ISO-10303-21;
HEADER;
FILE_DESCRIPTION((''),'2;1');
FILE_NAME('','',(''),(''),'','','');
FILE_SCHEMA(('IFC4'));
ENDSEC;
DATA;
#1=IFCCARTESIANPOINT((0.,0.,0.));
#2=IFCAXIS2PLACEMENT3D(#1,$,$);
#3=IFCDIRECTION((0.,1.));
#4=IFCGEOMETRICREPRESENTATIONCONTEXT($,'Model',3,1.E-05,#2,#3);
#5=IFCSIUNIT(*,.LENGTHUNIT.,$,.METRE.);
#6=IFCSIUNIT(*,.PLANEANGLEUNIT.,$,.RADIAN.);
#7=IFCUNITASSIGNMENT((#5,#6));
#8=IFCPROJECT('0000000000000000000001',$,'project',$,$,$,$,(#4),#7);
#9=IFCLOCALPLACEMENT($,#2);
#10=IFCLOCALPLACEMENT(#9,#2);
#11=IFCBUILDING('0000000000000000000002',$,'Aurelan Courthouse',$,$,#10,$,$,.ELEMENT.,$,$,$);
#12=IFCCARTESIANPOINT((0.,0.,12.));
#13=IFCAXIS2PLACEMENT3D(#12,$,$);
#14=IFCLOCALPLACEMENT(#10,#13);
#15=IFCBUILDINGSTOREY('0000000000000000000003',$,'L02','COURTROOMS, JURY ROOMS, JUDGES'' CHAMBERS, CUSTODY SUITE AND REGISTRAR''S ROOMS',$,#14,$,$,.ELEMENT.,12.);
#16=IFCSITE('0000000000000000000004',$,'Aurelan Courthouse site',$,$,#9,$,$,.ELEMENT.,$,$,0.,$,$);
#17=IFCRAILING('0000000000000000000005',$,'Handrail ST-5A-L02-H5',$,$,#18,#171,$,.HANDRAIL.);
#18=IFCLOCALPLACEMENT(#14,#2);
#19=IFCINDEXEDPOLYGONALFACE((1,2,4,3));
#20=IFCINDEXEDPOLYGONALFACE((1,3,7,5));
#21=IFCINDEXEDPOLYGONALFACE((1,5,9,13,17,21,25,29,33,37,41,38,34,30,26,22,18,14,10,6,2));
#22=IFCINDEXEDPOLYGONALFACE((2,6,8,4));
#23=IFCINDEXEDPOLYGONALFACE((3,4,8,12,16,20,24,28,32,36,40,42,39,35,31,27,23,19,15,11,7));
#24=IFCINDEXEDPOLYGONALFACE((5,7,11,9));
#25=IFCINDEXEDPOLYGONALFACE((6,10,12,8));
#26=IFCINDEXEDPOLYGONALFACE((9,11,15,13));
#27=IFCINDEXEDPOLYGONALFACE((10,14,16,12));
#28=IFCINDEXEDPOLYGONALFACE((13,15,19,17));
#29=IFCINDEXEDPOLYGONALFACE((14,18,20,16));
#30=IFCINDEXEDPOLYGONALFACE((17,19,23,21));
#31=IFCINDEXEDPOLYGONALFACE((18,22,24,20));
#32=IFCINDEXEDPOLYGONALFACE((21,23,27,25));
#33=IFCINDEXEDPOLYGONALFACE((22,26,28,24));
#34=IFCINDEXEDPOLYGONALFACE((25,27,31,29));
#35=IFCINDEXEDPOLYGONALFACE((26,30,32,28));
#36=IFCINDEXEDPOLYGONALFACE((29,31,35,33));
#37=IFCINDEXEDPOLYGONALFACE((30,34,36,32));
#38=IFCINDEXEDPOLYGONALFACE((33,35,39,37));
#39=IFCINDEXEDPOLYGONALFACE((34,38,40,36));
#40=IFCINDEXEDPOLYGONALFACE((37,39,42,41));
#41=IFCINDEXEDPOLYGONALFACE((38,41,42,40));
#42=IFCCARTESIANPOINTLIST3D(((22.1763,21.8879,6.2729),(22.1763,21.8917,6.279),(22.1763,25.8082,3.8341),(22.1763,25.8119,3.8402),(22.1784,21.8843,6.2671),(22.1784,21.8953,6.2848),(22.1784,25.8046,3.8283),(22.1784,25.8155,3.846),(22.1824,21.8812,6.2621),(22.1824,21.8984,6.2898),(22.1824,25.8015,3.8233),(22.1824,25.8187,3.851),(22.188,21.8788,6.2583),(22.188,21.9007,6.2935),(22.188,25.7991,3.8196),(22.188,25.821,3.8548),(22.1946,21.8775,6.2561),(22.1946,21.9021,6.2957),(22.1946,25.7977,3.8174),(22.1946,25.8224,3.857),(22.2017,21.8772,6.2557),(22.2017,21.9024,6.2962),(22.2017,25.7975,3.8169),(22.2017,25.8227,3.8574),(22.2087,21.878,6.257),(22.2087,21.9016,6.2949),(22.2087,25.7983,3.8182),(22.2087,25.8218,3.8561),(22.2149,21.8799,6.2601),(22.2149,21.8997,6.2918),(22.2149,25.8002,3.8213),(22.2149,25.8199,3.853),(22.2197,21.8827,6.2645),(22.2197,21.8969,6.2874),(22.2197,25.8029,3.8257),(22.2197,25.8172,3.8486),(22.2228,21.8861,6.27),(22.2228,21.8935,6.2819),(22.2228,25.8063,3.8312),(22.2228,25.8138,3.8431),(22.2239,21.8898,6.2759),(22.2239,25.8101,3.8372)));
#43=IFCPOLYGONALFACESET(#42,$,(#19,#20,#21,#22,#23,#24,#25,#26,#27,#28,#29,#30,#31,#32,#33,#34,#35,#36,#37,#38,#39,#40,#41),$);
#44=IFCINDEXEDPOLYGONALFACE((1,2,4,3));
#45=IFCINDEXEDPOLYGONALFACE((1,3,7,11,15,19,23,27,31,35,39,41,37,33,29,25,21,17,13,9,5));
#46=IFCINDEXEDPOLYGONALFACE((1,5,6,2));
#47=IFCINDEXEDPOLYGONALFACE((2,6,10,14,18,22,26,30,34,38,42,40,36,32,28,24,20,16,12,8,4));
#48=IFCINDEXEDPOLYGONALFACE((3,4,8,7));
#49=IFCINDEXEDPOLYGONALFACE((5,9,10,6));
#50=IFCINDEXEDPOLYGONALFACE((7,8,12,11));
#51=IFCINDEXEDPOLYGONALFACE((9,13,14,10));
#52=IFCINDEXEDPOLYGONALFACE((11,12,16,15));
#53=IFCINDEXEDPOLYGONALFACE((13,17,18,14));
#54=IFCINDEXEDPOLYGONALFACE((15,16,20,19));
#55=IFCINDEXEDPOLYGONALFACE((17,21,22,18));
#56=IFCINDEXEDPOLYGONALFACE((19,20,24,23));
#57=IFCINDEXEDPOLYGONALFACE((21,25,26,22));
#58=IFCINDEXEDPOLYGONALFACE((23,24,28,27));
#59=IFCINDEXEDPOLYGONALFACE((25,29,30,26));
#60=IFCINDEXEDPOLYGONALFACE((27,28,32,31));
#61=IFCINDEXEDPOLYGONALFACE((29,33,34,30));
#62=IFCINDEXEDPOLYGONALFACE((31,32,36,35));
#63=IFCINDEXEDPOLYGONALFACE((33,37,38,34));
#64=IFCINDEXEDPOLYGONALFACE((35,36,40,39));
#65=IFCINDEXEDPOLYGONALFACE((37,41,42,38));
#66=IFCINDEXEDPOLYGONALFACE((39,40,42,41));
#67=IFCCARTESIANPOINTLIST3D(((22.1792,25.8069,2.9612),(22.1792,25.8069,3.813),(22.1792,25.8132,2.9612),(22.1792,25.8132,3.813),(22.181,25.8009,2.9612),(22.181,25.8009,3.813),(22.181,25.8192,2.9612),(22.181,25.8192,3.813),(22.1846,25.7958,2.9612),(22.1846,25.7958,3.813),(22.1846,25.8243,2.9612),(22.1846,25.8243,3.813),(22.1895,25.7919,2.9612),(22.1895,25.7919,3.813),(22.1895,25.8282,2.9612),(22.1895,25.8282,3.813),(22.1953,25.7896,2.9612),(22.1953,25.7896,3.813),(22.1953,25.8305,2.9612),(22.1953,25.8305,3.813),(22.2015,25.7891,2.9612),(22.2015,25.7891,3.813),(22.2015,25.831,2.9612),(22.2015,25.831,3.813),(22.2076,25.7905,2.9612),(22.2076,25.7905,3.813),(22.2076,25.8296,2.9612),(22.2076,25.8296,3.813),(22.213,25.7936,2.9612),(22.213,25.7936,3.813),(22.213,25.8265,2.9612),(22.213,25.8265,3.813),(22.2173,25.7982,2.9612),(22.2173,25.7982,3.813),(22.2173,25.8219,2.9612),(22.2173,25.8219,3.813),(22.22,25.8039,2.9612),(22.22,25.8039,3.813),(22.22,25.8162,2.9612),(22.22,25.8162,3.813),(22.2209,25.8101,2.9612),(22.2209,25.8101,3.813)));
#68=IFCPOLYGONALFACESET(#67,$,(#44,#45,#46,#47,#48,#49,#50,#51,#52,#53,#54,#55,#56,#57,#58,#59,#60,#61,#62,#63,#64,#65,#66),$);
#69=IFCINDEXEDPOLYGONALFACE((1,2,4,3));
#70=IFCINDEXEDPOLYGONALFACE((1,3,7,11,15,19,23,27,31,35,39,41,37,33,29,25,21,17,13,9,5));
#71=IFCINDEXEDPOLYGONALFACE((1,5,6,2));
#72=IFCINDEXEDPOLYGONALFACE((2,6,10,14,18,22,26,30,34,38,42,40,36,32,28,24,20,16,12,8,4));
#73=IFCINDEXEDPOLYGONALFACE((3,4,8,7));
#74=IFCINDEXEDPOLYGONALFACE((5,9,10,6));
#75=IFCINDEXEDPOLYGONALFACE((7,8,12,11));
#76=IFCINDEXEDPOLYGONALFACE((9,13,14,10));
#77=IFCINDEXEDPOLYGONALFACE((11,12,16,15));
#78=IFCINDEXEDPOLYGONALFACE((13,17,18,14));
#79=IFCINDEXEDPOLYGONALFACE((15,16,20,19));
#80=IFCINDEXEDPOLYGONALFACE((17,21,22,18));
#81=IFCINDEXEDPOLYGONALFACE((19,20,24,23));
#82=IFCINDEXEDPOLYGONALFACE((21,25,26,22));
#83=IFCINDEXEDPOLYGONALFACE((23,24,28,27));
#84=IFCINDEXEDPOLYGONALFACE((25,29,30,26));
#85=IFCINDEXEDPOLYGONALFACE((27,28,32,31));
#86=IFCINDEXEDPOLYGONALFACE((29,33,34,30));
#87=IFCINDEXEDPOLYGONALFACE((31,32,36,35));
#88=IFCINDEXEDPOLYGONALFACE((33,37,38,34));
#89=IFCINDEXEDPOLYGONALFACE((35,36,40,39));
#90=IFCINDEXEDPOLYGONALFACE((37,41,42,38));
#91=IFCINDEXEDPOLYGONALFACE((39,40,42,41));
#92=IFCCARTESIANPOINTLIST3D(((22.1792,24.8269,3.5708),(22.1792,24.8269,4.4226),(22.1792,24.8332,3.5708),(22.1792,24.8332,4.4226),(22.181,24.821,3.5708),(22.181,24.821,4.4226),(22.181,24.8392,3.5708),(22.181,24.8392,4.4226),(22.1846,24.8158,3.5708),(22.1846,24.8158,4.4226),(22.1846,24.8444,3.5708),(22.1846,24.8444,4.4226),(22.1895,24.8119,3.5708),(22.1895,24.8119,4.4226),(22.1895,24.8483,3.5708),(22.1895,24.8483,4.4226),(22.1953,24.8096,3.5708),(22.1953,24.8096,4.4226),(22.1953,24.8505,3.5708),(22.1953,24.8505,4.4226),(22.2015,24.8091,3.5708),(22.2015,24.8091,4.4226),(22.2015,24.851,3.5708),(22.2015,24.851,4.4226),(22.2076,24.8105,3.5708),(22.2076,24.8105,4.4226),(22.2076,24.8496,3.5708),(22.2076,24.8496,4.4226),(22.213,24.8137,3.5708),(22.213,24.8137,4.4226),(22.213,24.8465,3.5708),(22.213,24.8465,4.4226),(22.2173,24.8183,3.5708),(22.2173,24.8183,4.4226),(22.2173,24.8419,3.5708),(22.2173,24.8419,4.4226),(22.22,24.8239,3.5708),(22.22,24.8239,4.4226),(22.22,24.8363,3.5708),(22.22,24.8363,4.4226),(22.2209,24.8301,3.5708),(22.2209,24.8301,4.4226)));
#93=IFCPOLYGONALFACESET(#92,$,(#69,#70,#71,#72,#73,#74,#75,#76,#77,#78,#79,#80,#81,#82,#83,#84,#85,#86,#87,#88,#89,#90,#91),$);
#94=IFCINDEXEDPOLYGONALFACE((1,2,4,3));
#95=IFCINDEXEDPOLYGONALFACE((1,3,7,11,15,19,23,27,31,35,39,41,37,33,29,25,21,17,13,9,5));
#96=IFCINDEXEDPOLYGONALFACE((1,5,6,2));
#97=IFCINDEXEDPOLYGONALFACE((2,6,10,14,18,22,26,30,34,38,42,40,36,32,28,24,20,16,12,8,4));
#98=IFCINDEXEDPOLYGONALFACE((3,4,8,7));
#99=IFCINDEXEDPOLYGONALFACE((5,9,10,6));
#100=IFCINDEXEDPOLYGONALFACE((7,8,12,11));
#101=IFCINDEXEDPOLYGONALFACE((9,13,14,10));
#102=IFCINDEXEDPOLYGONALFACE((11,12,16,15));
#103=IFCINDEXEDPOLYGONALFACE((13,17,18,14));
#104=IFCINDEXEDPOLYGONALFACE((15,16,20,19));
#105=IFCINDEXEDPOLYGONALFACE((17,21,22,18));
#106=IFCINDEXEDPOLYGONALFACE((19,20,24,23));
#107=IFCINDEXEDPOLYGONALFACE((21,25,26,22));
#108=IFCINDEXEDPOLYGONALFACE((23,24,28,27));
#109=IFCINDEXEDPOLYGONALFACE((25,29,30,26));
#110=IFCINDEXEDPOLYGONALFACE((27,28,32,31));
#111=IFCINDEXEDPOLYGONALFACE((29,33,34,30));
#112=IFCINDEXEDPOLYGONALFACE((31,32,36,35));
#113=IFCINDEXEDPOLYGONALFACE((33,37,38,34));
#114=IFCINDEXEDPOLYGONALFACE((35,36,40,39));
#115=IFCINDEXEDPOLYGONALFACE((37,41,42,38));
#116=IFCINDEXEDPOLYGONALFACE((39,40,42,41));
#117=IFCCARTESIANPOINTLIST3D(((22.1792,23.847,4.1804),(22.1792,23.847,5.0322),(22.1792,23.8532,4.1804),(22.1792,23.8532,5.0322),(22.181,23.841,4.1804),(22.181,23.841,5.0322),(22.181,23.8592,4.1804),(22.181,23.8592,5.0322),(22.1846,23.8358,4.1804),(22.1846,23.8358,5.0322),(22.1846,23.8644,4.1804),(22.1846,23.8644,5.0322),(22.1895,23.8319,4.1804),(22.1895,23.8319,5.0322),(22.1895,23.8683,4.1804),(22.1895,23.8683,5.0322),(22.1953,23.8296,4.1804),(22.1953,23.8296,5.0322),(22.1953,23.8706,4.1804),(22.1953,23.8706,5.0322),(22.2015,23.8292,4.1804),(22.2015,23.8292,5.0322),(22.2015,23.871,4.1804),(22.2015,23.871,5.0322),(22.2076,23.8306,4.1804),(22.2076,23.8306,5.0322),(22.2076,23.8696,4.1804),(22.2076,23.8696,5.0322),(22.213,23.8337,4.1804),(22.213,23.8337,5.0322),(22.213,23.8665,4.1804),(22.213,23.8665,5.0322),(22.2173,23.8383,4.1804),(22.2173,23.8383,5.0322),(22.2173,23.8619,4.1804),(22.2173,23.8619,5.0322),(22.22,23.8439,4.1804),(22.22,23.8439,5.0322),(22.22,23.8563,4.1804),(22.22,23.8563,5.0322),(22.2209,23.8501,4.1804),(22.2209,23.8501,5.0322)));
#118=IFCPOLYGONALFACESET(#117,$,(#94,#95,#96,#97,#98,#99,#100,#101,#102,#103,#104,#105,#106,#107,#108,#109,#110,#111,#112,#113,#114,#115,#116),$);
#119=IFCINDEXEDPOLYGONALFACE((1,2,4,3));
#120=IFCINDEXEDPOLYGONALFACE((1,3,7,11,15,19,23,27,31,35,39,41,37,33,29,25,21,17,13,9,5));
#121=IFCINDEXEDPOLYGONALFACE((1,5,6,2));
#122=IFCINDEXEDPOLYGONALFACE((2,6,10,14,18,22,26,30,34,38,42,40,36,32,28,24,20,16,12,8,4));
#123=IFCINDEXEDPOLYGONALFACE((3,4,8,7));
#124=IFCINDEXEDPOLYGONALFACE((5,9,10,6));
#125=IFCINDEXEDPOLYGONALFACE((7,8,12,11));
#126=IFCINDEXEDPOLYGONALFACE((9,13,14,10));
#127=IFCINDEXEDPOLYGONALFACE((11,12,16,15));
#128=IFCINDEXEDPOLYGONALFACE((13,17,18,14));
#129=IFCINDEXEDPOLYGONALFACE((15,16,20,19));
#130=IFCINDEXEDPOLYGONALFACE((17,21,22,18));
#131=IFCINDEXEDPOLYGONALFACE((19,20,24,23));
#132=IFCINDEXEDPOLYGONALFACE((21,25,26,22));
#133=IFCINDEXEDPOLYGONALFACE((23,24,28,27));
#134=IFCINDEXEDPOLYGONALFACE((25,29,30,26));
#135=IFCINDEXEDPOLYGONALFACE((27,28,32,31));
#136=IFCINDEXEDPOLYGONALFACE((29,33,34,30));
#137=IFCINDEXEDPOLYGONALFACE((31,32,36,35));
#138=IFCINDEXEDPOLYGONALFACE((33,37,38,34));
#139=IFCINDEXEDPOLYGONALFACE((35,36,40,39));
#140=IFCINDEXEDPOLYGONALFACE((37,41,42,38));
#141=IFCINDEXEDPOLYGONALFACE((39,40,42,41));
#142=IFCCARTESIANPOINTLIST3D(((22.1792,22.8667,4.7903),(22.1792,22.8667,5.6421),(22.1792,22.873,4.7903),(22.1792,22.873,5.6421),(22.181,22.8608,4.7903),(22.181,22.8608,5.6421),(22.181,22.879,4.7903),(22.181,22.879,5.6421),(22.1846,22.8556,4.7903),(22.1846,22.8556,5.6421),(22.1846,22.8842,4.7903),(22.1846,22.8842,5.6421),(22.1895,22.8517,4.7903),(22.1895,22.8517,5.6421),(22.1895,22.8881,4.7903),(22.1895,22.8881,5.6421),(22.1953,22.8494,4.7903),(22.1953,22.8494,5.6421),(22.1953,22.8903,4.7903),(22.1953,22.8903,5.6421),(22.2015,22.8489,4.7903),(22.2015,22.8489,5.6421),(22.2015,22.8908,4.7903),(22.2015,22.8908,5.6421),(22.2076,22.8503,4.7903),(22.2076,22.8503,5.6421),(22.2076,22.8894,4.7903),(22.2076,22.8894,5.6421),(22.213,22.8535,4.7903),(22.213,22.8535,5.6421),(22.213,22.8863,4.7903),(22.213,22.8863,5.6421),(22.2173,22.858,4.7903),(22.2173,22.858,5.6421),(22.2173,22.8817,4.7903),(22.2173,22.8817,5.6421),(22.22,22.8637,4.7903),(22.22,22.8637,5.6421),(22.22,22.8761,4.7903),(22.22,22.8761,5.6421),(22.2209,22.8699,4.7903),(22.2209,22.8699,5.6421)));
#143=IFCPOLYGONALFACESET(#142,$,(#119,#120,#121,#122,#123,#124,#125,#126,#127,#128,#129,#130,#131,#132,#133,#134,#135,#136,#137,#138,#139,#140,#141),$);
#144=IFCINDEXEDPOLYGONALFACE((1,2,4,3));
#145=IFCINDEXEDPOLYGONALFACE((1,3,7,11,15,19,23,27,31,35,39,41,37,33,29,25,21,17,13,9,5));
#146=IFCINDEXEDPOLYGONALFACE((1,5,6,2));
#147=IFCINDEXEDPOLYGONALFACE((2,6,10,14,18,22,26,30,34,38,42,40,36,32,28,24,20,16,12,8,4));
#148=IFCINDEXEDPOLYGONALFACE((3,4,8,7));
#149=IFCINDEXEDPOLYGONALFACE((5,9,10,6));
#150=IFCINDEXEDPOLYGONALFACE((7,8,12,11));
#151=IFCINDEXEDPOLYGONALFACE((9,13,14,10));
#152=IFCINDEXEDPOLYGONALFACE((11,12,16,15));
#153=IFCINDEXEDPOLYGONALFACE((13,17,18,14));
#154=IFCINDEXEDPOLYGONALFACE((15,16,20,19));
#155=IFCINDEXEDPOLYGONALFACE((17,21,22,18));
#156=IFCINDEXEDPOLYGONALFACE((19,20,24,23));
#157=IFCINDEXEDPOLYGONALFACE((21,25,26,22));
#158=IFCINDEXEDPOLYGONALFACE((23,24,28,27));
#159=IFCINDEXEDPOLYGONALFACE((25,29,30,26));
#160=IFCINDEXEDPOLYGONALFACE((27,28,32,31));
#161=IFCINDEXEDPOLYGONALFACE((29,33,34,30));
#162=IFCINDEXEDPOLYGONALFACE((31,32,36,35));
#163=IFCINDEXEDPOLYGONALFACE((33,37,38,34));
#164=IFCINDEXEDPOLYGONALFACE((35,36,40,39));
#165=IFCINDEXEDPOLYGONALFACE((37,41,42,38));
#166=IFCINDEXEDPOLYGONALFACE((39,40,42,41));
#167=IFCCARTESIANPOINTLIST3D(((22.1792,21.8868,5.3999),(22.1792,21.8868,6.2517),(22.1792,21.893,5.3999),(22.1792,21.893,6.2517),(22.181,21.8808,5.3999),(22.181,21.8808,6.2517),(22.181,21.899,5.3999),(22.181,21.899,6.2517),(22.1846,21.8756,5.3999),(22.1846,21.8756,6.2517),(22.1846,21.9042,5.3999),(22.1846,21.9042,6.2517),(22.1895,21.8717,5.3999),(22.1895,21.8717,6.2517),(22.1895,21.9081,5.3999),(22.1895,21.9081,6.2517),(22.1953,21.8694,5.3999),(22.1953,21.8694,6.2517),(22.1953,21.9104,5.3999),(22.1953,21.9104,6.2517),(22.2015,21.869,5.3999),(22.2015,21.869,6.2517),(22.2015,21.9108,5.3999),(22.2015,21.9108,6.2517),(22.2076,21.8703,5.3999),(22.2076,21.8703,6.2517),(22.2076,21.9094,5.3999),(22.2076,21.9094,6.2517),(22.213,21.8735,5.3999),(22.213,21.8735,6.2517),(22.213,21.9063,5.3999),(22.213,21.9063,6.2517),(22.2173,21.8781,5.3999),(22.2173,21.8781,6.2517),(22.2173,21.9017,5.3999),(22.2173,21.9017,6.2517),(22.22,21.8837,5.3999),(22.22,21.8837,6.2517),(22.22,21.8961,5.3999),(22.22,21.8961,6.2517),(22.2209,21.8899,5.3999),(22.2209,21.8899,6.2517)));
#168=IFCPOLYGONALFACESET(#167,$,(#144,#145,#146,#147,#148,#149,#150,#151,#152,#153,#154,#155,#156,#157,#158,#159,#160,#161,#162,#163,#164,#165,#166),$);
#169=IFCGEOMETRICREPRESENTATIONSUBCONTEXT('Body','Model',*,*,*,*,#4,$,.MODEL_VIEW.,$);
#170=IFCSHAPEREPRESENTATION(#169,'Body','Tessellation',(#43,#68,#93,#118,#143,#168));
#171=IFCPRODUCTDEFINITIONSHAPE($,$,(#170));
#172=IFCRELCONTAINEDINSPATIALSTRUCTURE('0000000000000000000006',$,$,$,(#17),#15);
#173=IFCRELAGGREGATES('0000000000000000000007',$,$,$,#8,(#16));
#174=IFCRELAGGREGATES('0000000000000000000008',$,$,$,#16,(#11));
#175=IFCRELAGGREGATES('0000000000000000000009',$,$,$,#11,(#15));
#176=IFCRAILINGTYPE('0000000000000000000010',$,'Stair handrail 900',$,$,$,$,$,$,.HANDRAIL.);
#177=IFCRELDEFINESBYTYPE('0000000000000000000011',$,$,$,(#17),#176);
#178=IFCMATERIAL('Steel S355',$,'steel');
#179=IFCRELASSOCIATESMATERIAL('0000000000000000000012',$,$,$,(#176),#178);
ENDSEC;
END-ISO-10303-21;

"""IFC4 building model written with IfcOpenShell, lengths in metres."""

from ifc_helpers import new_model, si_unit, direction, frame, origin, origin_2d, place, context, subcontext, project, spatial, circle, extrude, material, type_object, element, save


model = new_model("IFC4")

# Units and contexts
model_context = context("Model", 3, precision=1e-05, world=origin(), true_north=direction((0.0, 1.0)))
body_context = subcontext(model_context, "Body", "Model", "MODEL_VIEW")
ifc_project = project(units=[si_unit("LENGTHUNIT", "METRE"), si_unit("PLANEANGLEUNIT", "RADIAN")], contexts=[model_context])

# Site, building, storey
site_placement = place(None, origin())
site = spatial("IfcSite", under=ifc_project, at=site_placement, Name="Aurelan Courthouse site", CompositionType="ELEMENT", RefElevation=0.0)
building_placement = place(site_placement, origin())
building = spatial("IfcBuilding", under=site, at=building_placement, Name="Aurelan Courthouse", CompositionType="ELEMENT")
storey_placement = place(building_placement, frame((0.0, 0.0, 12.0)))
storey = spatial("IfcBuildingStorey", under=building, at=storey_placement, Name="L02", Description="COURTROOMS, JURY ROOMS, JUDGES' CHAMBERS, CUSTODY SUITE AND REGISTRAR'S ROOMS", CompositionType="ELEMENT", Elevation=12.0)

# Railing
ifc_material_1 = material(Name="Steel S355", Category="steel")
railing_type_1 = type_object("IfcRailingType", Name="Stair handrail 900", PredefinedType="HANDRAIL", material=ifc_material_1)
for number, where, name in (
    (1, (22.2, 25.8101, 2.9612), "Handrail ST-5A-L02-H5"),
):
    element("IfcRailing", number, at=place(storey_placement, frame(where)), inside=storey, type_object=railing_type_1, Name=name, PredefinedType="HANDRAIL", context=body_context, shape_type="SweptSolid", body=[
        extrude(circle(Radius=0.0239, at=origin_2d()), frame((0.0, 0.0, 0.876), z_axis=(0.0, -0.849105, 0.528225), x_axis=(1.0, 0.0, 0.0)), (0.0, 0.0, 1.0), 4.6169),
        extrude(circle(Radius=0.021, at=origin_2d()), origin(), (0.0, 0.0, 1.0), 0.8518),
        extrude(circle(Radius=0.021, at=origin_2d()), frame((0.0, -0.98, 0.6096)), (0.0, 0.0, 1.0), 0.8518),
        extrude(circle(Radius=0.021, at=origin_2d()), frame((0.0, -1.96, 1.2192)), (0.0, 0.0, 1.0), 0.8518),
        extrude(circle(Radius=0.021, at=origin_2d()), frame((0.0, -2.9402, 1.8291)), (0.0, 0.0, 1.0), 0.8518),
        extrude(circle(Radius=0.021, at=origin_2d()), frame((0.0, -3.9202, 2.4387)), (0.0, 0.0, 1.0), 0.8518),
    ])

save(model, "model.ifc")
